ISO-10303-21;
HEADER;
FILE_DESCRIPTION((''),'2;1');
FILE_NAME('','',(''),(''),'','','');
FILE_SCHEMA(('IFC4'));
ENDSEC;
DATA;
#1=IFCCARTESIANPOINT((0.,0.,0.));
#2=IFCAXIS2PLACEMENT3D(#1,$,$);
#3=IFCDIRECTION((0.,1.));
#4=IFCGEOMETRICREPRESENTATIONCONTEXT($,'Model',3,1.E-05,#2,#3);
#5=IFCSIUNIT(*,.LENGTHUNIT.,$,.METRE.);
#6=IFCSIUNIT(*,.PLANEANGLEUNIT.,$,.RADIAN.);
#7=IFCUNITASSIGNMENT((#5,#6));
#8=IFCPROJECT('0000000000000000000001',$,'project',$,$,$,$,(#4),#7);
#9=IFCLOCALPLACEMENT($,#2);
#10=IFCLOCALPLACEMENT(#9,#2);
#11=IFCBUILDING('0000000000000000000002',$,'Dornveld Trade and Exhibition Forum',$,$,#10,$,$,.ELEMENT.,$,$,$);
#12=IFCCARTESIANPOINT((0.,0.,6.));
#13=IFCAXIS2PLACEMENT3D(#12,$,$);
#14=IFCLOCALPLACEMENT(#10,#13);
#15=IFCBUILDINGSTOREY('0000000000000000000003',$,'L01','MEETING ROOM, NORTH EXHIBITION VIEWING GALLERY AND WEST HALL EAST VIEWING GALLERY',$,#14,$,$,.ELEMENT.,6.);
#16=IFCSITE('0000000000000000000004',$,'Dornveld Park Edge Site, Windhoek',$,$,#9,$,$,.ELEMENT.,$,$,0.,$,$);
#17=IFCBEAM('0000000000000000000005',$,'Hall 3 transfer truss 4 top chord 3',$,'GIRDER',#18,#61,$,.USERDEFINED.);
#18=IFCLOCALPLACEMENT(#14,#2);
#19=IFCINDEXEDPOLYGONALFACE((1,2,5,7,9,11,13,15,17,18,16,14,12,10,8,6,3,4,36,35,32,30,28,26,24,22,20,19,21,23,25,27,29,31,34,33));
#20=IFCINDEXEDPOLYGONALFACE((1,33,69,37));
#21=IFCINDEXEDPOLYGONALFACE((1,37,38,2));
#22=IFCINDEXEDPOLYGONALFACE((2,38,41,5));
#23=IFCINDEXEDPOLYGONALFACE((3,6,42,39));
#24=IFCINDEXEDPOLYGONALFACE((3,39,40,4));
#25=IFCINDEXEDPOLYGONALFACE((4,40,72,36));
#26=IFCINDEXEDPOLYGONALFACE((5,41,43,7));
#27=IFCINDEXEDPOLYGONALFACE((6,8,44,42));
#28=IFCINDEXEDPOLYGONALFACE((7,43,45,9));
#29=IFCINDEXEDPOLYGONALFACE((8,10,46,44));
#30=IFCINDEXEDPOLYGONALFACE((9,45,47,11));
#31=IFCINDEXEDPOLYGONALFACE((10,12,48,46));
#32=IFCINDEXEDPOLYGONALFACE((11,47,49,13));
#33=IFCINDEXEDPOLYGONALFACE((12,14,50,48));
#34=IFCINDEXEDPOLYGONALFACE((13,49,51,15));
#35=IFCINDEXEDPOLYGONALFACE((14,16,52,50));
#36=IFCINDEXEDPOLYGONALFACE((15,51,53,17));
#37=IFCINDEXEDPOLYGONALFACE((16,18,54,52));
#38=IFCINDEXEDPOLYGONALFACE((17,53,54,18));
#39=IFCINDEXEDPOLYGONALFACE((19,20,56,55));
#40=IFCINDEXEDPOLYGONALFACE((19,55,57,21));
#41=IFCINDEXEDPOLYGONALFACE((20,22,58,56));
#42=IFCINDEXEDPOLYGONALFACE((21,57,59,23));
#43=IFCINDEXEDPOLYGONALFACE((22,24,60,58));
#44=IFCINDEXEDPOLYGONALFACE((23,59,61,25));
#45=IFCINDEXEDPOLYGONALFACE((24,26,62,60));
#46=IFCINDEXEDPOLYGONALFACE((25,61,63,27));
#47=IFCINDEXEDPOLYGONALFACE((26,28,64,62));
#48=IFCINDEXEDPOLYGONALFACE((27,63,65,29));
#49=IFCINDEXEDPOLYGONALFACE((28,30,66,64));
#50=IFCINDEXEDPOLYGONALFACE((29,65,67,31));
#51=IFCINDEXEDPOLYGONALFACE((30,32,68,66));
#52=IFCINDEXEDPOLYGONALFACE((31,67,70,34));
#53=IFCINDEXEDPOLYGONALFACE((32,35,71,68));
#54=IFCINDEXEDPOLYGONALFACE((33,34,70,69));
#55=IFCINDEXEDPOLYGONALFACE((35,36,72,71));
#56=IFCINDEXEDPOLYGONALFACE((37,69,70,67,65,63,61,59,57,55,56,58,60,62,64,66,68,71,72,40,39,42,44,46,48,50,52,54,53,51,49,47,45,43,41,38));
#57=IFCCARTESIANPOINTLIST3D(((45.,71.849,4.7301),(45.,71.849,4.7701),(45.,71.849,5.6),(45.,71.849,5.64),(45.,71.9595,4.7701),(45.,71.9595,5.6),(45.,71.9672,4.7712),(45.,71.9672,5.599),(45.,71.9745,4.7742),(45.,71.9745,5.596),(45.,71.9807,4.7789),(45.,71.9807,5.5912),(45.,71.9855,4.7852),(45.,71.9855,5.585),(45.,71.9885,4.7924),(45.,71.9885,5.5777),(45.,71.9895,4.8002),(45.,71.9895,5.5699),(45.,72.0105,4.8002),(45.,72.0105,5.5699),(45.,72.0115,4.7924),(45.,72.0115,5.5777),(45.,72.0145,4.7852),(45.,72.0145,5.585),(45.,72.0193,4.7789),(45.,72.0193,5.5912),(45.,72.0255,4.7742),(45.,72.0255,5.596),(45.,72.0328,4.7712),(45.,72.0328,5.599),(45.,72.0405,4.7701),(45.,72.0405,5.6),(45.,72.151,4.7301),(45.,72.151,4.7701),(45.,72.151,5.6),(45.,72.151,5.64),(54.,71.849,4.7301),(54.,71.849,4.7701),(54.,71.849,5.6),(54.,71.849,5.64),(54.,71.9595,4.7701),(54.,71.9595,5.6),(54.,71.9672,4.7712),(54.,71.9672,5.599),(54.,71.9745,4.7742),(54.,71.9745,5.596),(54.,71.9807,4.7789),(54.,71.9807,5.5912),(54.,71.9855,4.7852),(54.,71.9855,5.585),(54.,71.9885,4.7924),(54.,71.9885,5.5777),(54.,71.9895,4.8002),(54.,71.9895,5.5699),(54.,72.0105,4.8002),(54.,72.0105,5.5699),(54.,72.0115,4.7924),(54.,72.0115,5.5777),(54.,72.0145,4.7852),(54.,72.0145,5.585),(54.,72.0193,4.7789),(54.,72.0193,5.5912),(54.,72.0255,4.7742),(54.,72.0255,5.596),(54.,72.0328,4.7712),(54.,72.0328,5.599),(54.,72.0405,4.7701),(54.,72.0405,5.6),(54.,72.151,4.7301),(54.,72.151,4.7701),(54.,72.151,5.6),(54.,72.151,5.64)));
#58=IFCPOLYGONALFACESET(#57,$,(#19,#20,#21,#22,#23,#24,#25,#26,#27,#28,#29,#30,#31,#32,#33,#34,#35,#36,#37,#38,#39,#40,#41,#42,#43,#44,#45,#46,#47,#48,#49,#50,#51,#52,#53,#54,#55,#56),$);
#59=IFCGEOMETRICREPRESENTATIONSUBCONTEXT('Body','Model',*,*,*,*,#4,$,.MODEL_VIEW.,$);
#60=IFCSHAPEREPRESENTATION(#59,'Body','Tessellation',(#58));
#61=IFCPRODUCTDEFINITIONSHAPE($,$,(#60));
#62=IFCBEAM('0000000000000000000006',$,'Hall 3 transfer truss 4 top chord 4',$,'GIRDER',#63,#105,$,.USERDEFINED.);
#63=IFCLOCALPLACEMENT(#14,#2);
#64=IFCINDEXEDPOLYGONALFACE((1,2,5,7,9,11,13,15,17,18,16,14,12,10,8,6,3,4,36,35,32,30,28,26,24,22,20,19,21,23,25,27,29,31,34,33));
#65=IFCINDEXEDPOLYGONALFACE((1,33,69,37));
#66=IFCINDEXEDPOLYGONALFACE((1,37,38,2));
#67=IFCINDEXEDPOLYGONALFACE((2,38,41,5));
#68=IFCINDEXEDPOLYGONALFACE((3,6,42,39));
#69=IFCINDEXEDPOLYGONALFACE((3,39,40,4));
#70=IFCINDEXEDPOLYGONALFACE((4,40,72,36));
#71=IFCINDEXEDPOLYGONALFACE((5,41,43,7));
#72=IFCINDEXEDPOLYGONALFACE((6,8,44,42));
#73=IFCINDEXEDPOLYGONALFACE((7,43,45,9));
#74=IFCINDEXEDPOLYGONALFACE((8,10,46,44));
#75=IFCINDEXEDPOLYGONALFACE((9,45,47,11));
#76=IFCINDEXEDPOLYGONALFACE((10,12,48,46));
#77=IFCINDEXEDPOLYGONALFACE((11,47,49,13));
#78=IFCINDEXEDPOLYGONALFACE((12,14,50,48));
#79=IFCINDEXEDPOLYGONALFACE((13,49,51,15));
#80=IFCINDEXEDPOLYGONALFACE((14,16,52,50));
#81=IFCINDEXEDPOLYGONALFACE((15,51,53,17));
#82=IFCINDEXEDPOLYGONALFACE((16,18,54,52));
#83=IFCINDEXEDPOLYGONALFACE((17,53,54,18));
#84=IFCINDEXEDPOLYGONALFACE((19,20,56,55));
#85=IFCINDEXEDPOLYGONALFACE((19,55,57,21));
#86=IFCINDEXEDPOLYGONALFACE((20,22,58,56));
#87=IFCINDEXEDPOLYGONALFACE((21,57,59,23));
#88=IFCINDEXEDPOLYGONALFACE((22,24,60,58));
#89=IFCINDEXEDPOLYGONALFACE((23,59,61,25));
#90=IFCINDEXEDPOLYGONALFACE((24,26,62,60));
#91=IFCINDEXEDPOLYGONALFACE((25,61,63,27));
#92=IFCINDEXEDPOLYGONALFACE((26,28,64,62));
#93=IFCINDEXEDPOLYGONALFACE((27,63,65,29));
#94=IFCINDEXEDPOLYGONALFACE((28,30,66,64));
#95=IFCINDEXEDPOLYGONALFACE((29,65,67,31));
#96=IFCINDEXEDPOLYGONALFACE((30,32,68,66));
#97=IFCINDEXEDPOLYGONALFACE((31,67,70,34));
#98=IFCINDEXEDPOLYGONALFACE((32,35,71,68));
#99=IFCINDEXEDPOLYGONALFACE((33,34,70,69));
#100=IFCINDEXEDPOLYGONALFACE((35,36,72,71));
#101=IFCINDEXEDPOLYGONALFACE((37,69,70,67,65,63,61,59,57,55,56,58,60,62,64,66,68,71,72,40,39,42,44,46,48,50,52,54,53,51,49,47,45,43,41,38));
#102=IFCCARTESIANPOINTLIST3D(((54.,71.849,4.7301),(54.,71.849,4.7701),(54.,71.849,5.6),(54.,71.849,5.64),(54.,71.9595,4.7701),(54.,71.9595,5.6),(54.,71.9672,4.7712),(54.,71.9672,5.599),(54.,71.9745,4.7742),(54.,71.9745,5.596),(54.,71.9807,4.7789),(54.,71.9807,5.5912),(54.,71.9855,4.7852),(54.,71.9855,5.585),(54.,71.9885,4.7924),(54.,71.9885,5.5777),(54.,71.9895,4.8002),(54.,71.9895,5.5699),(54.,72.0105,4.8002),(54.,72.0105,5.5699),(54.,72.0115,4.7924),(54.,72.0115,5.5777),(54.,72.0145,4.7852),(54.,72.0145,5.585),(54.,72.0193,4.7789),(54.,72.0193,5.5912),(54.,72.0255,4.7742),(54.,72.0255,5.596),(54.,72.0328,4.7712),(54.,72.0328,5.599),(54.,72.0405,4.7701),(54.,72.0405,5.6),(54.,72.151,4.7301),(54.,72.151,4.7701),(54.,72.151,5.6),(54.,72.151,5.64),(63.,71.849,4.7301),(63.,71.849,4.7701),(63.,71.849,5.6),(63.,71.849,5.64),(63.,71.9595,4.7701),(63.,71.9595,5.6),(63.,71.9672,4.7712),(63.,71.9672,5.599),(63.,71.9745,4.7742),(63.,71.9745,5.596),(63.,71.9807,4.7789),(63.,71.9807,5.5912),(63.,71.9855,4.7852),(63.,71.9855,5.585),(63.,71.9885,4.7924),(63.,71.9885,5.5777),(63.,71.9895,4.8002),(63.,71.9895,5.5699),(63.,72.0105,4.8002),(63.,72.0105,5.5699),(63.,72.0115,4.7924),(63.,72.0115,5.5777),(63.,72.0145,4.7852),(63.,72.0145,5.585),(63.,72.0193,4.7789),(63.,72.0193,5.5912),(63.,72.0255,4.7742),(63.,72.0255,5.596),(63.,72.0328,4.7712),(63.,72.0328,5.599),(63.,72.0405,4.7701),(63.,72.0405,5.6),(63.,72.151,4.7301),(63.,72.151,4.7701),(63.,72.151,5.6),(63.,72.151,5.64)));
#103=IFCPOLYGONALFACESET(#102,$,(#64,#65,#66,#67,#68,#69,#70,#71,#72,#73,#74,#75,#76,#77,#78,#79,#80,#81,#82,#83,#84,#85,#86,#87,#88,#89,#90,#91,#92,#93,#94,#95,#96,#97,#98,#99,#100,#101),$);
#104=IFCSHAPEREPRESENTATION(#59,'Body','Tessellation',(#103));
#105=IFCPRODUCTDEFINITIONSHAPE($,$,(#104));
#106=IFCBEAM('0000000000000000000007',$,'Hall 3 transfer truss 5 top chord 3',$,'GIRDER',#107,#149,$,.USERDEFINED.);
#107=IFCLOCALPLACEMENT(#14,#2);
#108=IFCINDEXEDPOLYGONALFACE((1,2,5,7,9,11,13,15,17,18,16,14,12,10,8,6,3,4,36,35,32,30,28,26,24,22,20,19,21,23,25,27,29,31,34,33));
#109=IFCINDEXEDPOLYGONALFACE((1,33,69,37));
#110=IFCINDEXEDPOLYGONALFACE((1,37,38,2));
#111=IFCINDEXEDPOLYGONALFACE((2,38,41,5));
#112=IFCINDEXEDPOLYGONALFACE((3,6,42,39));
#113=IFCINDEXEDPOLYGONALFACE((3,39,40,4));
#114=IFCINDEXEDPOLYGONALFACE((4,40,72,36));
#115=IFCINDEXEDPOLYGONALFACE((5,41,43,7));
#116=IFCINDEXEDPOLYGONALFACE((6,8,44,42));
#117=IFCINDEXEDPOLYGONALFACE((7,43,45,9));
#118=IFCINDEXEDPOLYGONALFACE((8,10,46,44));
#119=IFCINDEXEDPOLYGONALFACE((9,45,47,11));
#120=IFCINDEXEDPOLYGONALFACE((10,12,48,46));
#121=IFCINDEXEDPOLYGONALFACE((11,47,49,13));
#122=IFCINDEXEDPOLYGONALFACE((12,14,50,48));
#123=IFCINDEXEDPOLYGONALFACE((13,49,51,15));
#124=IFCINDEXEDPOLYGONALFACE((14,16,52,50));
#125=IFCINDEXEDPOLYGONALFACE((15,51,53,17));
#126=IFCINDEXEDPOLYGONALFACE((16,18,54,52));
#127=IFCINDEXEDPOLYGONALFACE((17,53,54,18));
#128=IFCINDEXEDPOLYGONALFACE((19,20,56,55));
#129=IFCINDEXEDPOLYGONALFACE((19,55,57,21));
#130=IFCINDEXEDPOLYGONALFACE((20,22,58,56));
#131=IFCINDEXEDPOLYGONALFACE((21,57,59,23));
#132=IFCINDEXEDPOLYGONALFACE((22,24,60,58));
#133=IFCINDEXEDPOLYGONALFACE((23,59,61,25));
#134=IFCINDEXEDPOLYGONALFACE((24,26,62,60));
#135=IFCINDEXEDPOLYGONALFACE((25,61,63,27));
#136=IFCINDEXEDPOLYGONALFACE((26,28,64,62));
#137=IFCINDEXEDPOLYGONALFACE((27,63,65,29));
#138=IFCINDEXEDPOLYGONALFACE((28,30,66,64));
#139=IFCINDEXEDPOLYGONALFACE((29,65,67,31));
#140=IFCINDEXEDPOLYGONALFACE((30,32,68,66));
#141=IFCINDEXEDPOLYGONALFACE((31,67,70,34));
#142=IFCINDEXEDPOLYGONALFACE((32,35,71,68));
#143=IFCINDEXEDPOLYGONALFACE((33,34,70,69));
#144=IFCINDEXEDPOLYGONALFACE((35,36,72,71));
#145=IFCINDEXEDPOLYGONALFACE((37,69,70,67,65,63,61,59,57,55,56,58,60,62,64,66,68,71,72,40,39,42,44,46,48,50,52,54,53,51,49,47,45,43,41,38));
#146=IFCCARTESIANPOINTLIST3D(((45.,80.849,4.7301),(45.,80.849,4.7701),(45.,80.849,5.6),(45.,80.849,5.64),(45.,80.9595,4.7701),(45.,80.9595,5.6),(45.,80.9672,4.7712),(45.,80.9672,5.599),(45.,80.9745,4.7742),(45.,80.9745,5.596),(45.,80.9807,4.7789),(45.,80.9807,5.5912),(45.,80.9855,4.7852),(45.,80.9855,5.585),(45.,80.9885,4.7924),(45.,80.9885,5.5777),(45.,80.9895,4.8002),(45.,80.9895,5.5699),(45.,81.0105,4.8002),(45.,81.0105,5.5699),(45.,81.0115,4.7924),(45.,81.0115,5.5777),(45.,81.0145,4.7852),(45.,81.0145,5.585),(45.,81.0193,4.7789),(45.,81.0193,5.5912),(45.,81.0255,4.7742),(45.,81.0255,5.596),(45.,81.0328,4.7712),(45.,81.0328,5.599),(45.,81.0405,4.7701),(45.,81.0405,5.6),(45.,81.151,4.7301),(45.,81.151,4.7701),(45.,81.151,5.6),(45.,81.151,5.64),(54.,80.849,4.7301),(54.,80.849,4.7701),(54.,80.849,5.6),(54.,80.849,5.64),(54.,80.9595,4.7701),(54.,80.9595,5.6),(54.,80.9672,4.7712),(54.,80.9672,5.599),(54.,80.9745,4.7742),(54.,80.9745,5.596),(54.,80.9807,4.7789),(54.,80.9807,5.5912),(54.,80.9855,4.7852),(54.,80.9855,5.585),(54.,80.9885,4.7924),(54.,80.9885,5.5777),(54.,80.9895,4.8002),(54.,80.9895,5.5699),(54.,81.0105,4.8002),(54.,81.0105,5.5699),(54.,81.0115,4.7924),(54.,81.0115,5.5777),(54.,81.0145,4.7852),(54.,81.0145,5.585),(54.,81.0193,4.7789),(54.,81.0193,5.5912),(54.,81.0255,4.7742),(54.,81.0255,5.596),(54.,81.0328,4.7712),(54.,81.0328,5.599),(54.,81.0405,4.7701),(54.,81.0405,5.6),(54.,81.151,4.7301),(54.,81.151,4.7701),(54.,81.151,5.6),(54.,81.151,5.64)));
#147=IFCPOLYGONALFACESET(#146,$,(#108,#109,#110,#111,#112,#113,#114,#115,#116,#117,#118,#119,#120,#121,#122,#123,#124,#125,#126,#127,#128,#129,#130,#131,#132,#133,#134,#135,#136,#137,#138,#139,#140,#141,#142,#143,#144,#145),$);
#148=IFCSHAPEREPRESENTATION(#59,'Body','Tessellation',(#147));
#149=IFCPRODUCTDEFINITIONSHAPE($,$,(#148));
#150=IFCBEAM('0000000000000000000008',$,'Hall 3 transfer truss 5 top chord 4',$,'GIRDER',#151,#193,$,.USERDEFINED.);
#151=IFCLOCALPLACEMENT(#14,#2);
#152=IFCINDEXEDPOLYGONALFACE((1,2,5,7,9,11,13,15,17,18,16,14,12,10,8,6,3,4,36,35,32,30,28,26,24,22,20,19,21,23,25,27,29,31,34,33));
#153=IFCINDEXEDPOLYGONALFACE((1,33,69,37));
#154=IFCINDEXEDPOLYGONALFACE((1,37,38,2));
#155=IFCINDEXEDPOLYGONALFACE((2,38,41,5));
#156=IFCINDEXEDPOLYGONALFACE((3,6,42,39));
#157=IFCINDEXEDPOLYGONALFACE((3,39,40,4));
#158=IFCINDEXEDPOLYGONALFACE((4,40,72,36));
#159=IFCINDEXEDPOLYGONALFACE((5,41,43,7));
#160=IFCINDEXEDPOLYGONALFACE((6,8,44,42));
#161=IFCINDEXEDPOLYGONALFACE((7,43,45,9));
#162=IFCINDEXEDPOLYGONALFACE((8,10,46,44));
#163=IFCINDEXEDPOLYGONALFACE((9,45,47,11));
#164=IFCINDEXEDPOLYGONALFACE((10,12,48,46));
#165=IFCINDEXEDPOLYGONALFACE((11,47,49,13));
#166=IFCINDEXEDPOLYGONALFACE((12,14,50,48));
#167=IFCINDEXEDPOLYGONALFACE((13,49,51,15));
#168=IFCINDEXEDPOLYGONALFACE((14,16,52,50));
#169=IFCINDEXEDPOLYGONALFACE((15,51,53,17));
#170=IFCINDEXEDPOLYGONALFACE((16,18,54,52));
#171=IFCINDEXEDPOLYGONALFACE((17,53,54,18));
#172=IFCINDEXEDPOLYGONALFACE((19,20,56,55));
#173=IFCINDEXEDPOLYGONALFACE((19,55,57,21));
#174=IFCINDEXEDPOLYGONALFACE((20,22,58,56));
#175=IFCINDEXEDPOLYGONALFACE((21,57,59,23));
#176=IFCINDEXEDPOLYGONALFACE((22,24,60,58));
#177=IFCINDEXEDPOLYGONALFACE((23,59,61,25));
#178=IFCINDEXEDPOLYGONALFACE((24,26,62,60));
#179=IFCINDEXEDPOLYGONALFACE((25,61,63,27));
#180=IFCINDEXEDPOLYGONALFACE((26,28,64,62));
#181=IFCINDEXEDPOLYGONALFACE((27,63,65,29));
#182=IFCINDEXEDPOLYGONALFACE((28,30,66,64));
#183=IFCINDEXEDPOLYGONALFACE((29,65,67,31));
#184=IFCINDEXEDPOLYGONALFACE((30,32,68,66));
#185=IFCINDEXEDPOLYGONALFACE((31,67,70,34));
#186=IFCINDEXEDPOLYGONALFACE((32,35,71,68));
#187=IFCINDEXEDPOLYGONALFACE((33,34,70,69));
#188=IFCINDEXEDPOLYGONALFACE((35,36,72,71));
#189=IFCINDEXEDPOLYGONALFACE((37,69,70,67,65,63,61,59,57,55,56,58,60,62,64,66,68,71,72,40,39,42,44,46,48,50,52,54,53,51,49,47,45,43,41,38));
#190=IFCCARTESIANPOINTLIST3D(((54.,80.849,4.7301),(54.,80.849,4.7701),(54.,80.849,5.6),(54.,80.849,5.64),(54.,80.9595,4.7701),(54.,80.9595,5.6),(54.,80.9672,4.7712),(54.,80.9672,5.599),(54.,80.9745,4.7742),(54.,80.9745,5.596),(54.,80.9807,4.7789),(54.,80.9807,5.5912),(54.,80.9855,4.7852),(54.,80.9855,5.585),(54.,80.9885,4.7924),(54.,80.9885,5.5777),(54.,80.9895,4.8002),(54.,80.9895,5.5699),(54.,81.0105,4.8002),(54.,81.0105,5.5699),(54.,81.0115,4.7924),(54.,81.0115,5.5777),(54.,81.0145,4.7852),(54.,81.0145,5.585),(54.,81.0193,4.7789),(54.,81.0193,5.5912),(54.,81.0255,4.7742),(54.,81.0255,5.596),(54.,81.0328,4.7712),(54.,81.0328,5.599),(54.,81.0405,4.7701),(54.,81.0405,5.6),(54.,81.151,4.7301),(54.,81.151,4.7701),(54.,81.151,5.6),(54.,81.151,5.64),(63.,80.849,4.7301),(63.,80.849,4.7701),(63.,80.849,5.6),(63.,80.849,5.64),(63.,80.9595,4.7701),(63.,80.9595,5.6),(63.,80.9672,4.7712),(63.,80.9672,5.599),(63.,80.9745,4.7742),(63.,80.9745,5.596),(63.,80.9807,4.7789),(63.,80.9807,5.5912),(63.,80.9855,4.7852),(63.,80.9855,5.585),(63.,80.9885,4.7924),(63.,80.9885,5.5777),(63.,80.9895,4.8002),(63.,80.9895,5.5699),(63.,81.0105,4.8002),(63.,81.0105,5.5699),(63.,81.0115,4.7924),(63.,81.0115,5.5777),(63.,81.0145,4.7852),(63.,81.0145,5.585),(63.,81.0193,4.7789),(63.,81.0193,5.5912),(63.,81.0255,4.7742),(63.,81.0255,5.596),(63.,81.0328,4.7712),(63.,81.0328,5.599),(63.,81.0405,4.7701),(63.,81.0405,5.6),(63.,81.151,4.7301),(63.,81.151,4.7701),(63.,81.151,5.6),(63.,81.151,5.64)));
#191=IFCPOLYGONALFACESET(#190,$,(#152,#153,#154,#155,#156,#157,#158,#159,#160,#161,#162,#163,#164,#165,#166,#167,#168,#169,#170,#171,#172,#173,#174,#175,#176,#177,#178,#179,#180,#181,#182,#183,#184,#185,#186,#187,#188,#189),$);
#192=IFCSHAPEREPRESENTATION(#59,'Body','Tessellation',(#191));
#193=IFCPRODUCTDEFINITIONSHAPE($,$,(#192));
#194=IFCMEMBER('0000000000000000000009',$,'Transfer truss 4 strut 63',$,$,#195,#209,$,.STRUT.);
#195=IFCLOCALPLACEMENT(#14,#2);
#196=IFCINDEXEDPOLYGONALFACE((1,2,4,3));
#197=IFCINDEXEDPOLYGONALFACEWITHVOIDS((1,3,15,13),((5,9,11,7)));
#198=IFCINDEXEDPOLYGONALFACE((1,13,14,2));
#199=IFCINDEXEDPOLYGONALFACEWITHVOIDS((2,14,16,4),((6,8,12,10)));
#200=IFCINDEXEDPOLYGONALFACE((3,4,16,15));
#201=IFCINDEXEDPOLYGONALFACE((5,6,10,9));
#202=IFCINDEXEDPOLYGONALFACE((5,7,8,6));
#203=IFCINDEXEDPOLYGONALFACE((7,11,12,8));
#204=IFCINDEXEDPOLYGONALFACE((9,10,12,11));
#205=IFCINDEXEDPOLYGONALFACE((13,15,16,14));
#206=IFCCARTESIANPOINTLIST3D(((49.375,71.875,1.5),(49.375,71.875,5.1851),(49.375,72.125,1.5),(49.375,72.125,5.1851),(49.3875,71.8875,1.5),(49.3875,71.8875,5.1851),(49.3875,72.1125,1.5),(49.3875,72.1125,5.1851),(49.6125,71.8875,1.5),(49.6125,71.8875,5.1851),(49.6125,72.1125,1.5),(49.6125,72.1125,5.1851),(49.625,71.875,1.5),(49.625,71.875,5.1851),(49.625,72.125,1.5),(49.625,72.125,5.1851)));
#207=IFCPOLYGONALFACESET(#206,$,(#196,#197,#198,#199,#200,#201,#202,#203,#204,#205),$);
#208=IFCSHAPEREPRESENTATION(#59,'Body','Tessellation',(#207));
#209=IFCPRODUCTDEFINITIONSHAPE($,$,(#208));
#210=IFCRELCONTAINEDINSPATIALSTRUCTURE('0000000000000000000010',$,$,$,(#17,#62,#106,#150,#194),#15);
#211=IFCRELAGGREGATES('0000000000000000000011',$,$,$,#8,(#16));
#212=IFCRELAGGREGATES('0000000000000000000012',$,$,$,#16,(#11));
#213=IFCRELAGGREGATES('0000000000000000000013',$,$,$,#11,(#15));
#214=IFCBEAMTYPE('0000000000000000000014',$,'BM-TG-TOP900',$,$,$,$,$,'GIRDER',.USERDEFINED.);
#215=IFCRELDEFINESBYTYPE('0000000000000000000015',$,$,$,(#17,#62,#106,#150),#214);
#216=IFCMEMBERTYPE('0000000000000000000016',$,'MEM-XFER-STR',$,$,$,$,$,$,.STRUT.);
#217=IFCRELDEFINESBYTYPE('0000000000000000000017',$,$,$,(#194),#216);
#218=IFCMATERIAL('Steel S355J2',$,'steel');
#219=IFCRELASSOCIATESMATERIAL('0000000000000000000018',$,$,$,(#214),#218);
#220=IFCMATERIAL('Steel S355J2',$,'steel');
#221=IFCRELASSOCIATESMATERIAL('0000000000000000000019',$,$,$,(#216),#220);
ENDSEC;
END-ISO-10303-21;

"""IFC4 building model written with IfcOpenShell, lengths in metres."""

from ifc_helpers import new_model, si_unit, direction, frame, origin, origin_2d, place, context, subcontext, project, spatial, hollow_rectangle, i_section, extrude, material, material_profile, profile_set, type_object, element, save


model = new_model("IFC4")

# Units and contexts
model_context = context("Model", 3, precision=1e-05, world=origin(), true_north=direction((0.0, 1.0)))
body_context = subcontext(model_context, "Body", "Model", "MODEL_VIEW")
ifc_project = project(units=[si_unit("LENGTHUNIT", "METRE"), si_unit("PLANEANGLEUNIT", "RADIAN")], contexts=[model_context])

# Site, building, storey
site_placement = place(None, origin())
site = spatial("IfcSite", under=ifc_project, at=site_placement, Name="Dornveld Park Edge Site, Windhoek", CompositionType="ELEMENT", RefElevation=0.0)
building_placement = place(site_placement, origin())
building = spatial("IfcBuilding", under=site, at=building_placement, Name="Dornveld Trade and Exhibition Forum", CompositionType="ELEMENT")
storey_placement = place(building_placement, frame((0.0, 0.0, 6.0)))
storey = spatial("IfcBuildingStorey", under=building, at=storey_placement, Name="L01", Description="MEETING ROOM, NORTH EXHIBITION VIEWING GALLERY AND WEST HALL EAST VIEWING GALLERY", CompositionType="ELEMENT", Elevation=6.0)

# Beams
ifc_material_1 = material(Name="Steel S355J2", Category="steel")
ifc_material_profile_1 = material_profile(ifc_material_1, i_section(OverallWidth=0.302, OverallDepth=0.9099, WebThickness=0.021, FlangeThickness=0.04, FilletRadius=0.03, at=origin_2d()), Name="HEM 900")
ifc_profile_set_1 = profile_set([ifc_material_profile_1], Name="Steel S355J2")
beam_type_1 = type_object("IfcBeamType", Name="BM-TG-TOP900", ElementType="GIRDER", PredefinedType="USERDEFINED", material=ifc_profile_set_1)
for number, where, z_axis, x_axis, name in (
    (1, (45.0, 72.0, 5.1851), (1.0, 0.0, 0.0), (0.0, 1.0, 0.0), "Hall 3 transfer truss 4 top chord 3"),
    (2, (54.0, 72.0, 5.1851), (1.0, 0.0, 0.0), (0.0, 1.0, 0.0), "Hall 3 transfer truss 4 top chord 4"),
    (3, (45.0, 81.0, 5.1851), (1.0, 0.0, 0.0), (0.0, 1.0, 0.0), "Hall 3 transfer truss 5 top chord 3"),
    (4, (54.0, 81.0, 5.1851), (1.0, 0.0, 0.0), (0.0, 1.0, 0.0), "Hall 3 transfer truss 5 top chord 4"),
):
    element("IfcBeam", number, at=place(storey_placement, frame(where, z_axis=z_axis, x_axis=x_axis)), inside=storey, type_object=beam_type_1, Name=name, ObjectType="GIRDER", PredefinedType="USERDEFINED", context=body_context, shape_type="SweptSolid", body=[
        extrude(i_section(OverallWidth=0.302, OverallDepth=0.9099, WebThickness=0.021, FlangeThickness=0.04, FilletRadius=0.03, at=origin_2d()), origin(), (0.0, 0.0, 1.0), 9.0),
    ])

# Member
ifc_material_2 = material(Name="Steel S355J2", Category="steel")
ifc_material_profile_2 = material_profile(ifc_material_2, hollow_rectangle(XDim=0.25, YDim=0.25, WallThickness=0.0125, at=origin_2d()), Name="SHS 250x250x12.5")
ifc_profile_set_2 = profile_set([ifc_material_profile_2], Name="Steel S355J2")
member_type_1 = type_object("IfcMemberType", Name="MEM-XFER-STR", PredefinedType="STRUT", material=ifc_profile_set_2)
for number, where, z_axis, x_axis, name in (
    (5, (49.5, 72.0, 1.5), (0.0, 0.0, 1.0), (1.0, 0.0, 0.0), "Transfer truss 4 strut 63"),
):
    element("IfcMember", number, at=place(storey_placement, frame(where, z_axis=z_axis, x_axis=x_axis)), inside=storey, type_object=member_type_1, Name=name, PredefinedType="STRUT", context=body_context, shape_type="SweptSolid", body=[
        extrude(hollow_rectangle(XDim=0.25, YDim=0.25, WallThickness=0.0125, at=origin_2d()), origin(), (0.0, 0.0, 1.0), 3.6851),
    ])

save(model, "model.ifc")
